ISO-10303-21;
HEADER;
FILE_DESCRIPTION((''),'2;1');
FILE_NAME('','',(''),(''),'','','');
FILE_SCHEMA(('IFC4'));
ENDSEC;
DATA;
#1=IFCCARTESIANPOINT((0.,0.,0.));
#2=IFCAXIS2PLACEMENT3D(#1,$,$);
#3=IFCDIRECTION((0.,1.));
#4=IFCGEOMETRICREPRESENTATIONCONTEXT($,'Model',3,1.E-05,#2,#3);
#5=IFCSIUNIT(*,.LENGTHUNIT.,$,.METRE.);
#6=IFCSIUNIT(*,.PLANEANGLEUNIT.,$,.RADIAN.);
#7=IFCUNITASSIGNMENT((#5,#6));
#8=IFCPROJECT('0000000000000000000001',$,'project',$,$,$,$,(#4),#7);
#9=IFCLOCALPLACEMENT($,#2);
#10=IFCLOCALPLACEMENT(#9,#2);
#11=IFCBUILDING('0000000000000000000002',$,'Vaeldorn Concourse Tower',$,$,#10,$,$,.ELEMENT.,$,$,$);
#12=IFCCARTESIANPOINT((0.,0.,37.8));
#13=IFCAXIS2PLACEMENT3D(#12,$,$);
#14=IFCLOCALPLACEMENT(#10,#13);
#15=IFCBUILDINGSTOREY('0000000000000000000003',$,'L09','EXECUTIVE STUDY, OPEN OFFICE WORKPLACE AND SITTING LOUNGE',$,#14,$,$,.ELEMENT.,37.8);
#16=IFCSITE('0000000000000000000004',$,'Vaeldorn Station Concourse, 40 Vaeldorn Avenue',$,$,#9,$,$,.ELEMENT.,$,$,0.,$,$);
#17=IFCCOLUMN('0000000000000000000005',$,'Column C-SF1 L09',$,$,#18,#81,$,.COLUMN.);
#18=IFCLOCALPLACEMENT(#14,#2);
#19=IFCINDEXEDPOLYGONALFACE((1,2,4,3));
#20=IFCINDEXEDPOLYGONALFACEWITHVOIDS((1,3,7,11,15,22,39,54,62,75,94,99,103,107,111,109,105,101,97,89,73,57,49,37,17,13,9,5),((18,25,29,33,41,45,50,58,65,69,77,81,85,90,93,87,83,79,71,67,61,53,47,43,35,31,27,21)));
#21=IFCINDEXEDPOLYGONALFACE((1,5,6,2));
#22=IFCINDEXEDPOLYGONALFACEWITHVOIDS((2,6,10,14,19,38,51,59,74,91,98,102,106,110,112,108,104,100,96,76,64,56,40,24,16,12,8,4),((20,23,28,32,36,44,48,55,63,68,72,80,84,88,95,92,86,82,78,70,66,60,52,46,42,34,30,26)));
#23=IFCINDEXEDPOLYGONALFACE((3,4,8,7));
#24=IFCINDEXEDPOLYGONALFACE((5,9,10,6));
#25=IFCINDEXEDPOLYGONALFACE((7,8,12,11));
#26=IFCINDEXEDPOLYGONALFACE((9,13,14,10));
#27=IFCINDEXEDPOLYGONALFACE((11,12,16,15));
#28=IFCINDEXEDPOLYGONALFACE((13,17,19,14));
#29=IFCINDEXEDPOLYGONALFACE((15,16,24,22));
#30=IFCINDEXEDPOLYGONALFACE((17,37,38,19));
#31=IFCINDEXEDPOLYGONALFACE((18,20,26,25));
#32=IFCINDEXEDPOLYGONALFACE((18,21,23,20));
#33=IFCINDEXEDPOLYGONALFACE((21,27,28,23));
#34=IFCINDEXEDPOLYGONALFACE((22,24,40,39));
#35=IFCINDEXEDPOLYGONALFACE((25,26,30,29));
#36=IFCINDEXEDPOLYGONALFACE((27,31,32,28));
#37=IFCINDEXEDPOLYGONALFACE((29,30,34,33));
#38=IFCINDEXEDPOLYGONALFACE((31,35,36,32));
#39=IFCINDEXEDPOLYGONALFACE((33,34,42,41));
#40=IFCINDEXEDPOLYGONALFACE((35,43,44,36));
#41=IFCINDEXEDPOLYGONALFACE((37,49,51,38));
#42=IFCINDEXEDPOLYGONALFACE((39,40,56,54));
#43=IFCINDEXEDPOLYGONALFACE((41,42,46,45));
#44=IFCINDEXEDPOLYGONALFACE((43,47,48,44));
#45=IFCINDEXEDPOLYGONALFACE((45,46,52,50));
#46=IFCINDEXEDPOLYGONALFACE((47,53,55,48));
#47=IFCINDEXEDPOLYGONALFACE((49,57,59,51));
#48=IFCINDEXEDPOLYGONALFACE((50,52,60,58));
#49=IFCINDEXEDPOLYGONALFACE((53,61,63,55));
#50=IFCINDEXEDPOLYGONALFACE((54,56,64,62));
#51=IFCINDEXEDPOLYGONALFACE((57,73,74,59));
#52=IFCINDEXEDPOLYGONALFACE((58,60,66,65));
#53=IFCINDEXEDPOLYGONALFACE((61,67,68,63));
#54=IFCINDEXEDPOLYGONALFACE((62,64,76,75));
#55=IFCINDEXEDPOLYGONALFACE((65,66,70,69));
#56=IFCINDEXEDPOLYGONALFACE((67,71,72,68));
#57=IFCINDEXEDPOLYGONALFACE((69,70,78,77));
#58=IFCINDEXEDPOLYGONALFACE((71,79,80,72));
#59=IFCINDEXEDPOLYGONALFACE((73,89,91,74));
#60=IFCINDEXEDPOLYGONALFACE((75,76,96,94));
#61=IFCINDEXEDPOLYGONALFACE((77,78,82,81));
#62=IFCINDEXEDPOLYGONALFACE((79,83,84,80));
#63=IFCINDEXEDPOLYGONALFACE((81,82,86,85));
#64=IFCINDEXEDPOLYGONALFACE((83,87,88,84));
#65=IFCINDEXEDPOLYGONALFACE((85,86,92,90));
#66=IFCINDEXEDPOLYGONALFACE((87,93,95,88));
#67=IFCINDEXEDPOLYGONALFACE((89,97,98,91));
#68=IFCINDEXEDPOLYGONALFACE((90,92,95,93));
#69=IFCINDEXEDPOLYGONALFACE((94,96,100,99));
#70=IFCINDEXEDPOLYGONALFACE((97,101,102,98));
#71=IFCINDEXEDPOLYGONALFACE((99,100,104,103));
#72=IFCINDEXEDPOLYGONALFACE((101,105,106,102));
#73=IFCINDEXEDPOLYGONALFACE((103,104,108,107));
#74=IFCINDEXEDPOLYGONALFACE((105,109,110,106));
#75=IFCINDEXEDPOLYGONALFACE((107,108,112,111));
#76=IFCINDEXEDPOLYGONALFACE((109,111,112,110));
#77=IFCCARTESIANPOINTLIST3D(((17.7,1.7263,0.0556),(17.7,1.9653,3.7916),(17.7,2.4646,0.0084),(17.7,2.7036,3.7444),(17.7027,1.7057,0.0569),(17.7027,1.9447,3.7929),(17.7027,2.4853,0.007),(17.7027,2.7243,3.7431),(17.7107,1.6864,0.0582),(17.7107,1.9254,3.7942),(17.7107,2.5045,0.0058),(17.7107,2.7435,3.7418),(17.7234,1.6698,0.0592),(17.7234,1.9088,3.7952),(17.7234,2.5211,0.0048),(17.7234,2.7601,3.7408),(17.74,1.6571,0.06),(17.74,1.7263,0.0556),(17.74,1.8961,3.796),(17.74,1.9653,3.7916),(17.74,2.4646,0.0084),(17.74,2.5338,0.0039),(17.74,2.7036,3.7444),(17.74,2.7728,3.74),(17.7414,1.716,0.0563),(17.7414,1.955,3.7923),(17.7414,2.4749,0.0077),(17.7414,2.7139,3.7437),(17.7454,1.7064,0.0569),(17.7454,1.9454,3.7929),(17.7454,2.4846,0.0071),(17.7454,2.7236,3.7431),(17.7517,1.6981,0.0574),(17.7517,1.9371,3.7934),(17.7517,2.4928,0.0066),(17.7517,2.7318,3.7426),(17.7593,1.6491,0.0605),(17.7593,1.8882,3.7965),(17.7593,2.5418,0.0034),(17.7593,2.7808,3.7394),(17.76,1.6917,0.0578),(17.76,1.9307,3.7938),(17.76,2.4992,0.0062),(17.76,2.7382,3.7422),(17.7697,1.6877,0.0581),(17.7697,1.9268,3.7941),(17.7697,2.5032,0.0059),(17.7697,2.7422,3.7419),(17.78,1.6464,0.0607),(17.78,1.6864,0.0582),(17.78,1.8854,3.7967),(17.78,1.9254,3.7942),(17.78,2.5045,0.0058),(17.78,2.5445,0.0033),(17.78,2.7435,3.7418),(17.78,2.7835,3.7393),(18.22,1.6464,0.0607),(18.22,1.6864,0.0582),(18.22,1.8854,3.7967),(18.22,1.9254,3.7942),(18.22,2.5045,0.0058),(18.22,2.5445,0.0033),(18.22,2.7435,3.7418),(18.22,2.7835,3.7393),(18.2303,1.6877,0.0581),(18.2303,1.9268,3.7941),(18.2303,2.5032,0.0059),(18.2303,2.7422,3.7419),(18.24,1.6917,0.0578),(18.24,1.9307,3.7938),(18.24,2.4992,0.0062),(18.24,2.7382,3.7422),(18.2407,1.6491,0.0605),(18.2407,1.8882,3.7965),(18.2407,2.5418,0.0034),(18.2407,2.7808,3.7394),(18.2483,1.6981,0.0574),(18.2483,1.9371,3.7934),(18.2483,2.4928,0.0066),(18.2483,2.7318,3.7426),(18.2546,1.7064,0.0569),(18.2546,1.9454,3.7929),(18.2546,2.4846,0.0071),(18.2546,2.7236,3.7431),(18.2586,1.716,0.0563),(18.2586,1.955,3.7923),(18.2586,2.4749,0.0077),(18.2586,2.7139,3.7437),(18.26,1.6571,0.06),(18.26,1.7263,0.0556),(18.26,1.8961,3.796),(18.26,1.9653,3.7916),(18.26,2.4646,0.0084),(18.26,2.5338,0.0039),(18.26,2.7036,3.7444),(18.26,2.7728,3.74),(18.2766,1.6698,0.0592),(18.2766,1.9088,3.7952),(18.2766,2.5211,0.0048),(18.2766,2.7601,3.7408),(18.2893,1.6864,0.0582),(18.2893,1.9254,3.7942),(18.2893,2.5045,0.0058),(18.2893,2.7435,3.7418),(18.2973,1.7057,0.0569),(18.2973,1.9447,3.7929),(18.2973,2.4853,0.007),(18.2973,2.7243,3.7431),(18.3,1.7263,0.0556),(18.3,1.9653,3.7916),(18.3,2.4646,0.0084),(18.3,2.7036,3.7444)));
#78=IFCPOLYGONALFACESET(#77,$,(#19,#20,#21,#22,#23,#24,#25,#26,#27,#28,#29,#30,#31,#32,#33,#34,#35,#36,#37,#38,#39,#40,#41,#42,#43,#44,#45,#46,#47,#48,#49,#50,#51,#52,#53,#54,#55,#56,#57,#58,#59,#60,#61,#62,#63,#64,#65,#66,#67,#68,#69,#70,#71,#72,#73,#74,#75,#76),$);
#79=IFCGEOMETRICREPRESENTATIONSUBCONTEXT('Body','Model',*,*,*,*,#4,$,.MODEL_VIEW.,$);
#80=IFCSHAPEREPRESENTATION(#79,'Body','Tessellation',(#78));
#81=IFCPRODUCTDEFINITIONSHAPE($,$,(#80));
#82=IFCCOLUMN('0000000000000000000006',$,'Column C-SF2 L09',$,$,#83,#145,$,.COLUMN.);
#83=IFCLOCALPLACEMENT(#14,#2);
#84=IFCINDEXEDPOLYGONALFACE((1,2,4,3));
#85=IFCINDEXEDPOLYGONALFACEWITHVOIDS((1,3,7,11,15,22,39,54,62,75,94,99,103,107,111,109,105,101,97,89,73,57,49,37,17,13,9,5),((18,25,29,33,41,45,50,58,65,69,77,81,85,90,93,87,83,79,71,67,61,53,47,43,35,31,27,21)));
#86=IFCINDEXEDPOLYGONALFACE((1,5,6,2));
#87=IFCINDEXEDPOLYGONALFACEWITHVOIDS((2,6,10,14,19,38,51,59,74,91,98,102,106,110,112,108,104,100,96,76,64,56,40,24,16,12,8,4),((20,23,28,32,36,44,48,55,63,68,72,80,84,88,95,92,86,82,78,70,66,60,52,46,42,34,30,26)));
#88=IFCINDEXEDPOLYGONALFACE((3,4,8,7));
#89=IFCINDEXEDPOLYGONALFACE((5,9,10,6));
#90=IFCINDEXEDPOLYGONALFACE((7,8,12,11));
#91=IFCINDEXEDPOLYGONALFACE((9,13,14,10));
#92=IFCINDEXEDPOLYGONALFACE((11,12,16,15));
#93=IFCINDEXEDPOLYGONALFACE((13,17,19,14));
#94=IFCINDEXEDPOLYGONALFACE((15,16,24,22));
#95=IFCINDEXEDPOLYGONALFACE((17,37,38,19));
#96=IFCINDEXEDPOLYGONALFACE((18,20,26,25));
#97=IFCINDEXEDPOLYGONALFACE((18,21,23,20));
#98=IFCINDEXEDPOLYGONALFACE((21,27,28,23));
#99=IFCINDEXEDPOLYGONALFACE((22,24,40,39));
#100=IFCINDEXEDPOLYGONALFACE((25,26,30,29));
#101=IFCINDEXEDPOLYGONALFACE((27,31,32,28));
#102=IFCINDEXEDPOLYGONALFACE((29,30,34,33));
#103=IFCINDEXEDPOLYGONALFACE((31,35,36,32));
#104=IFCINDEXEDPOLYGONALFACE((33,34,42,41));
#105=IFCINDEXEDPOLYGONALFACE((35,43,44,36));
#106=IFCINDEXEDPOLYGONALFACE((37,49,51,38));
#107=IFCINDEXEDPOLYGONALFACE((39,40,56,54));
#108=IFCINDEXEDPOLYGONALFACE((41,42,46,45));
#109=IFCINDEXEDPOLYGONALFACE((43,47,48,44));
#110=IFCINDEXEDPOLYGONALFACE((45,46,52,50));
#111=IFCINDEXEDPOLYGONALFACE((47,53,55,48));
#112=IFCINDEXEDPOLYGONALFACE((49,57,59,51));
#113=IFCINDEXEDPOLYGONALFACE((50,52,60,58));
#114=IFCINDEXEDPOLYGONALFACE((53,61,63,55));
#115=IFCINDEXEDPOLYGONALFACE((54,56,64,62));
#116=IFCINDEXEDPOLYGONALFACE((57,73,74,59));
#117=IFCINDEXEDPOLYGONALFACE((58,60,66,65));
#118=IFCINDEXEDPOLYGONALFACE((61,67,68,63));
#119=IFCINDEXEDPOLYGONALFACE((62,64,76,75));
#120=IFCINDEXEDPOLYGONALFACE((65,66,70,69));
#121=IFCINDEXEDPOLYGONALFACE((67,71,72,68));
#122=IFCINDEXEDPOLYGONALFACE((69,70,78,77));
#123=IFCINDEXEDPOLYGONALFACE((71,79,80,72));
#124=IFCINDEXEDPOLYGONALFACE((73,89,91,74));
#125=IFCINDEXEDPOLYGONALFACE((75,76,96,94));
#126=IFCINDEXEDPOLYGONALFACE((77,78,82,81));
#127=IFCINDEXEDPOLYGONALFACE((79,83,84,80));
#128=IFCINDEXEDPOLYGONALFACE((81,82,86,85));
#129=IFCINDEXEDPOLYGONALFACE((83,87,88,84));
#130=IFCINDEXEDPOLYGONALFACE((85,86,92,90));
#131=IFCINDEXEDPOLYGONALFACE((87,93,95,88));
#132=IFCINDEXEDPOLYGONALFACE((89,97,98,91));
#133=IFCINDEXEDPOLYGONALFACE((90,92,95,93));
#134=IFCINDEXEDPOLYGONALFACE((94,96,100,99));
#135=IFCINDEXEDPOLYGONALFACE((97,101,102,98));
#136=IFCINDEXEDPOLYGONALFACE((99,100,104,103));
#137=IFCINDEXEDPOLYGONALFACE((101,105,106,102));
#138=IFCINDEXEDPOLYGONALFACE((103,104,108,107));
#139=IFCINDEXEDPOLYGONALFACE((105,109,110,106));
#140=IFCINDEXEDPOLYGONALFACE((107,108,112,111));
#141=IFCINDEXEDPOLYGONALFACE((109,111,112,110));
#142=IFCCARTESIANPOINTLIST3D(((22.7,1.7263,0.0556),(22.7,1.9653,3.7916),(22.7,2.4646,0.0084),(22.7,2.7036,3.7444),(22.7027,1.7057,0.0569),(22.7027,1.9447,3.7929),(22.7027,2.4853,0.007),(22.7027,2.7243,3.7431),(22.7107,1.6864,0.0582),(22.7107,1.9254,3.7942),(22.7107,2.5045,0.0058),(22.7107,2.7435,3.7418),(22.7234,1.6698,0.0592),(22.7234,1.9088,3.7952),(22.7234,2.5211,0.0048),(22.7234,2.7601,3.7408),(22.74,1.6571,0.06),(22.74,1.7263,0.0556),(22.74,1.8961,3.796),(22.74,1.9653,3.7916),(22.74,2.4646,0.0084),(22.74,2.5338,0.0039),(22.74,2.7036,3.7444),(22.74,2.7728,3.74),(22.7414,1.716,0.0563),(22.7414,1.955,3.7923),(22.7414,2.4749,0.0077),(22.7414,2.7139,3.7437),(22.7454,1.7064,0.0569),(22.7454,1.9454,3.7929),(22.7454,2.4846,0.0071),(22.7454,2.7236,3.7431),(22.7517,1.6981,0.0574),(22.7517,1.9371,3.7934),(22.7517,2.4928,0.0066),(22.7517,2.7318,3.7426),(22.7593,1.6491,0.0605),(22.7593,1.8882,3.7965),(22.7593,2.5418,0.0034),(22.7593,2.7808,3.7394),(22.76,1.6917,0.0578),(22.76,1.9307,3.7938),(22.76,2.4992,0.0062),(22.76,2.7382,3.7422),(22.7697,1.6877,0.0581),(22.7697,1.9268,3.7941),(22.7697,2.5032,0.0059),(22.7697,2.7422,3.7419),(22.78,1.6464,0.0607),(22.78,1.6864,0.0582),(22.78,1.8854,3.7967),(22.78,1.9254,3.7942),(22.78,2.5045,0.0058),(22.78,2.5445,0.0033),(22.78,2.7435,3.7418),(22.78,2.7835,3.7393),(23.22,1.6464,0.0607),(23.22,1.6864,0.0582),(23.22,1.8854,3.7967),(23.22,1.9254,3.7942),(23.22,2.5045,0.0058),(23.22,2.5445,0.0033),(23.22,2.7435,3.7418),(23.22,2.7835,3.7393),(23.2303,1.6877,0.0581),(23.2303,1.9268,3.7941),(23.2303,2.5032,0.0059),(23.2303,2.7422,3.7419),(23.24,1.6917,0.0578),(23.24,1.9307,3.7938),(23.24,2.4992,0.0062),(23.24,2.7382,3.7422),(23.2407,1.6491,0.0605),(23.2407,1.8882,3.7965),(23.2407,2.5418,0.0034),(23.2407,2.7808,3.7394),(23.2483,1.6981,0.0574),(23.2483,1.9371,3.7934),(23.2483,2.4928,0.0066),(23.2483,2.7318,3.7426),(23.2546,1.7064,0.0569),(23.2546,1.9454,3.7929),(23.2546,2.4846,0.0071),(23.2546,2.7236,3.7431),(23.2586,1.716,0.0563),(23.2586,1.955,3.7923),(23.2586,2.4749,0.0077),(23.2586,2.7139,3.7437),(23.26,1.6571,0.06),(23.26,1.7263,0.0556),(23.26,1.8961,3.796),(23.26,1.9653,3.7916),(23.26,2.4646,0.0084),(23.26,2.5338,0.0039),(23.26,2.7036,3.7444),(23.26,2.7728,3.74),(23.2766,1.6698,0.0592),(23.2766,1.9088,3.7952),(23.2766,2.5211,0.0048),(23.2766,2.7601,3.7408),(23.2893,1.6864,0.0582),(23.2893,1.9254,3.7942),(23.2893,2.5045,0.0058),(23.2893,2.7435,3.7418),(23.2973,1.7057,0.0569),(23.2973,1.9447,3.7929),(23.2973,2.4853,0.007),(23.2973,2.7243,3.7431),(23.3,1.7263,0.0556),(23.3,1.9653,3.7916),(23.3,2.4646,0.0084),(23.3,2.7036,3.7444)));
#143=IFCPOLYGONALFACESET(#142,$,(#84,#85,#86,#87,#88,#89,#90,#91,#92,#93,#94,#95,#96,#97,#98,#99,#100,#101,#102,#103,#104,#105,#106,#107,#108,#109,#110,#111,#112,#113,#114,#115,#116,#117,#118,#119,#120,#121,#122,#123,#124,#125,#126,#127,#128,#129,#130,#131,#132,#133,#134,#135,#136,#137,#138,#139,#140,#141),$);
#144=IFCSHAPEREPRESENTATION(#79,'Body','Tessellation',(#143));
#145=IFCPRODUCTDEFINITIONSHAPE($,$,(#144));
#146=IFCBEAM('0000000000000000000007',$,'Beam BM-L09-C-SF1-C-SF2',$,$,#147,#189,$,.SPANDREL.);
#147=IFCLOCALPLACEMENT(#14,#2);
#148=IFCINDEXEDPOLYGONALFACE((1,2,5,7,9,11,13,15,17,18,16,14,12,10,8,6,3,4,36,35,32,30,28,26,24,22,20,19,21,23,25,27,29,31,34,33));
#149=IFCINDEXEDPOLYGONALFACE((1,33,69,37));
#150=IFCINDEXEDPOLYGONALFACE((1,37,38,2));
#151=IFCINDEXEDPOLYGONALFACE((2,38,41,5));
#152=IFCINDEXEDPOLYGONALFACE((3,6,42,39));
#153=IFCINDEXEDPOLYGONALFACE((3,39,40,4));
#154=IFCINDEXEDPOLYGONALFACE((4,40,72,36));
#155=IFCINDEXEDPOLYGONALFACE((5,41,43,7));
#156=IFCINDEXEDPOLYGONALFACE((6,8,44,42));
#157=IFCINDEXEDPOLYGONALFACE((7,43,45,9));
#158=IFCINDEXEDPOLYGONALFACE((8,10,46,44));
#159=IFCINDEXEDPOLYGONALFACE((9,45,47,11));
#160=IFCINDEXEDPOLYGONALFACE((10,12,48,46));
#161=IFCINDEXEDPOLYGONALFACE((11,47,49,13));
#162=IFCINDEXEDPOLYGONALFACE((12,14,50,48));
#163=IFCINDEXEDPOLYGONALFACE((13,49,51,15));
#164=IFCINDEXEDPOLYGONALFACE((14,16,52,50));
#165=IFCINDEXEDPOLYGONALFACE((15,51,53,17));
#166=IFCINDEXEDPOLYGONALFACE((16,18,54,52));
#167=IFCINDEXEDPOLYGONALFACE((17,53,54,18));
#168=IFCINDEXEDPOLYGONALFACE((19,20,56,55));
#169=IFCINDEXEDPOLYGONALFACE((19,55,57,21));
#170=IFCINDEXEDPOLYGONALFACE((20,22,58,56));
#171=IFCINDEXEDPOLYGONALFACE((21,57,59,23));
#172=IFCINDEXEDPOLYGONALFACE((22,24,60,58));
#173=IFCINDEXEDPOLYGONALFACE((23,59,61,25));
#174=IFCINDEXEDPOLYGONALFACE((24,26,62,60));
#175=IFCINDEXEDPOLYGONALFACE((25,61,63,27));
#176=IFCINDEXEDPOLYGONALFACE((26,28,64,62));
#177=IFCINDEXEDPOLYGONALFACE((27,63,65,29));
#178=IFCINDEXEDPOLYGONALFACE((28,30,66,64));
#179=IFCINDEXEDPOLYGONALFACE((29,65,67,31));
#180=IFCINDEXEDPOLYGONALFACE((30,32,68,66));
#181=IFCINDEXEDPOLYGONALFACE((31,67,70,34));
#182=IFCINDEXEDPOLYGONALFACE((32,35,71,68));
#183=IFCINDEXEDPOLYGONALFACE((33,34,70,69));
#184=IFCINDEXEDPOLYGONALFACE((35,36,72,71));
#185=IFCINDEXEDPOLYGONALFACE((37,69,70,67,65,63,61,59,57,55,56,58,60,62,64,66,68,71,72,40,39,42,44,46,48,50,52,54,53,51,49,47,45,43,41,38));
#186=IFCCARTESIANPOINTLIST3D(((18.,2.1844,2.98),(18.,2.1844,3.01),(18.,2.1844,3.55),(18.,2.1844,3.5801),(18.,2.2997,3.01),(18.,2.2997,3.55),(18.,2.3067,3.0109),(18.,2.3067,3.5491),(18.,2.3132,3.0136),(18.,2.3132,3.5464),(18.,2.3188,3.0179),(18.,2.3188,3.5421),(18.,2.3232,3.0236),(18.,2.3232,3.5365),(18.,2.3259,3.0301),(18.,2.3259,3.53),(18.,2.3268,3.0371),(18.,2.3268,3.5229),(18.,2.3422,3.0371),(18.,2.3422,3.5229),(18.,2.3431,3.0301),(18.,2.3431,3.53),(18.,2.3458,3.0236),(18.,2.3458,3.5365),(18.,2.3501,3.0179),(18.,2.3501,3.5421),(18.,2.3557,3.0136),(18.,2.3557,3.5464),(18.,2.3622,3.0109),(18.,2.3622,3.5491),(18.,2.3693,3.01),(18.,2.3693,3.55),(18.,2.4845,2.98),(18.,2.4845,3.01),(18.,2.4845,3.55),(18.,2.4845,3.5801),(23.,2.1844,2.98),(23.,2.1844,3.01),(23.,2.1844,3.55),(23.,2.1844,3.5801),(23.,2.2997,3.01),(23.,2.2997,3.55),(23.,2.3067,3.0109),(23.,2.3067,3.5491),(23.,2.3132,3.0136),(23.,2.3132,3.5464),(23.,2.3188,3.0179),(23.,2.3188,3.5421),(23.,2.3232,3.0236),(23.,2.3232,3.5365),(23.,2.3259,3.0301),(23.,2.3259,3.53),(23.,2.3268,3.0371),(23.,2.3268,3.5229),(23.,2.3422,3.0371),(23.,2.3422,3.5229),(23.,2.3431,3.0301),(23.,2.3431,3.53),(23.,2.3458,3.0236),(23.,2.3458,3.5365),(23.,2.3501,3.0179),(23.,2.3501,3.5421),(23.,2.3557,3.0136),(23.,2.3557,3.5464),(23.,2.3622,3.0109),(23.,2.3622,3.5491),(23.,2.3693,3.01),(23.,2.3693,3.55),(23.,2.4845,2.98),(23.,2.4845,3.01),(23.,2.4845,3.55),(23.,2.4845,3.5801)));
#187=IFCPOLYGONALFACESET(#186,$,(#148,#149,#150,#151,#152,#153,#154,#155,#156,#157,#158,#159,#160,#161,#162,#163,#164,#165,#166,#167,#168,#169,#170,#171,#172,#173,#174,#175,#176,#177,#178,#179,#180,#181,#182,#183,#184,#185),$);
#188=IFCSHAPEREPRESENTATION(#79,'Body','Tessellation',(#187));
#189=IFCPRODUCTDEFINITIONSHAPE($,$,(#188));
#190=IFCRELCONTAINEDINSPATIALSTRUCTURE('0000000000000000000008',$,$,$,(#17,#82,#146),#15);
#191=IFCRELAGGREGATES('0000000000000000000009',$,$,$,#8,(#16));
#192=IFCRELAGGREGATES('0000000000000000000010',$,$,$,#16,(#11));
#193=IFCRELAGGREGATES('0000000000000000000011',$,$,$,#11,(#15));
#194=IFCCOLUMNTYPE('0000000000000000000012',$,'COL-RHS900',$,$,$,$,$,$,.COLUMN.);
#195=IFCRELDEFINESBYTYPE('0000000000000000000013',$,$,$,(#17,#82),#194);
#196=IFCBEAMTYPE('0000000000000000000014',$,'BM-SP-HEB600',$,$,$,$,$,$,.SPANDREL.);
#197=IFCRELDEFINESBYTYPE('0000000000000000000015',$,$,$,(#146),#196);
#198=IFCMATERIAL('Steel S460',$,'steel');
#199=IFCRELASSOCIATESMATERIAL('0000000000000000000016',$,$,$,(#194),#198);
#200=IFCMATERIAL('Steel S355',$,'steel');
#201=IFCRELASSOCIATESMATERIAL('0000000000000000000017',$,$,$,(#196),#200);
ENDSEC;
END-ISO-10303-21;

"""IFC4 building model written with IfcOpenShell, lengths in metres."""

from ifc_helpers import new_model, si_unit, direction, frame, origin, origin_2d, place, context, subcontext, project, spatial, hollow_rectangle, i_section, extrude, source, transform, mapped, material, material_profile, profile_set, type_object, element, save


model = new_model("IFC4")

# Units and contexts
model_context = context("Model", 3, precision=1e-05, world=origin(), true_north=direction((0.0, 1.0)))
body_context = subcontext(model_context, "Body", "Model", "MODEL_VIEW")
ifc_project = project(units=[si_unit("LENGTHUNIT", "METRE"), si_unit("PLANEANGLEUNIT", "RADIAN")], contexts=[model_context])

# Site, building, storey
site_placement = place(None, origin())
site = spatial("IfcSite", under=ifc_project, at=site_placement, Name="Vaeldorn Station Concourse, 40 Vaeldorn Avenue", CompositionType="ELEMENT", RefElevation=0.0)
building_placement = place(site_placement, origin())
building = spatial("IfcBuilding", under=site, at=building_placement, Name="Vaeldorn Concourse Tower", CompositionType="ELEMENT")
storey_placement = place(building_placement, frame((0.0, 0.0, 37.8)))
storey = spatial("IfcBuildingStorey", under=building, at=storey_placement, Name="L09", Description="EXECUTIVE STUDY, OPEN OFFICE WORKPLACE AND SITTING LOUNGE", CompositionType="ELEMENT", Elevation=37.8)

# Columns
ifc_material_1 = material(Name="Steel S460", Category="steel")
ifc_material_profile_1 = material_profile(ifc_material_1, hollow_rectangle(XDim=0.6001, YDim=0.8999, WallThickness=0.04, InnerFilletRadius=0.04, OuterFilletRadius=0.0801, at=origin_2d()), Name="RHS 900x600x40")
ifc_profile_set_1 = profile_set([ifc_material_profile_1], Name="Steel S460")
column_type = type_object("IfcColumnType", Name="COL-RHS900", PredefinedType="COLUMN", material=ifc_profile_set_1)
shared_shape_1 = source(origin(), body_context, "Body", "SweptSolid", [
    extrude(hollow_rectangle(XDim=0.6001, YDim=0.8999, WallThickness=0.04, InnerFilletRadius=0.04, OuterFilletRadius=0.0801, at=origin_2d()), origin(), (0.0, 0.0, 1.0), 3.7437),
])
for number, where, z_axis, x_axis, name in (
    (1, (18.0, 2.0955, 0.032), (0.0, 0.063844, 0.99796), (-1.0, 0.0, 0.0), "Column C-SF1 L09"),
    (2, (23.0, 2.0955, 0.032), (0.0, 0.063844, 0.99796), (-1.0, 0.0, 0.0), "Column C-SF2 L09"),
):
    element("IfcColumn", number, at=place(storey_placement, frame(where, z_axis=z_axis, x_axis=x_axis)), inside=storey, type_object=column_type, Name=name, PredefinedType="COLUMN", context=body_context, shape_type="MappedRepresentation", body=[
        mapped(shared_shape_1, transform((0.0, 0.0, 0.0), scale=1.0)),
    ])

# Beam
ifc_material_2 = material(Name="Steel S355", Category="steel")
ifc_material_profile_2 = material_profile(ifc_material_2, i_section(OverallWidth=0.3, OverallDepth=0.6001, WebThickness=0.0154, FlangeThickness=0.03, FilletRadius=0.0271, at=origin_2d()), Name="HEB 600")
ifc_profile_set_2 = profile_set([ifc_material_profile_2], Name="Steel S355")
beam_type_1 = type_object("IfcBeamType", Name="BM-SP-HEB600", PredefinedType="SPANDREL", material=ifc_profile_set_2)
shared_shape_2 = source(origin(), body_context, "Body", "SweptSolid", [
    extrude(i_section(OverallWidth=0.3, OverallDepth=0.6001, WebThickness=0.0154, FlangeThickness=0.03, FilletRadius=0.0271, at=origin_2d()), origin(), (0.0, 0.0, 1.0), 5.0),
])
beam_1_placement = place(storey_placement, frame((18.0, 2.3345, 3.28), z_axis=(1.0, 0.0, 0.0), x_axis=(0.0, 1.0, 0.0)))
element("IfcBeam", 3, at=beam_1_placement, inside=storey, type_object=beam_type_1, Name="Beam BM-L09-C-SF1-C-SF2", PredefinedType="SPANDREL", context=body_context, shape_type="MappedRepresentation", body=[
    mapped(shared_shape_2, transform((0.0, 0.0, 0.0), scale=1.0)),
])

save(model, "model.ifc")
